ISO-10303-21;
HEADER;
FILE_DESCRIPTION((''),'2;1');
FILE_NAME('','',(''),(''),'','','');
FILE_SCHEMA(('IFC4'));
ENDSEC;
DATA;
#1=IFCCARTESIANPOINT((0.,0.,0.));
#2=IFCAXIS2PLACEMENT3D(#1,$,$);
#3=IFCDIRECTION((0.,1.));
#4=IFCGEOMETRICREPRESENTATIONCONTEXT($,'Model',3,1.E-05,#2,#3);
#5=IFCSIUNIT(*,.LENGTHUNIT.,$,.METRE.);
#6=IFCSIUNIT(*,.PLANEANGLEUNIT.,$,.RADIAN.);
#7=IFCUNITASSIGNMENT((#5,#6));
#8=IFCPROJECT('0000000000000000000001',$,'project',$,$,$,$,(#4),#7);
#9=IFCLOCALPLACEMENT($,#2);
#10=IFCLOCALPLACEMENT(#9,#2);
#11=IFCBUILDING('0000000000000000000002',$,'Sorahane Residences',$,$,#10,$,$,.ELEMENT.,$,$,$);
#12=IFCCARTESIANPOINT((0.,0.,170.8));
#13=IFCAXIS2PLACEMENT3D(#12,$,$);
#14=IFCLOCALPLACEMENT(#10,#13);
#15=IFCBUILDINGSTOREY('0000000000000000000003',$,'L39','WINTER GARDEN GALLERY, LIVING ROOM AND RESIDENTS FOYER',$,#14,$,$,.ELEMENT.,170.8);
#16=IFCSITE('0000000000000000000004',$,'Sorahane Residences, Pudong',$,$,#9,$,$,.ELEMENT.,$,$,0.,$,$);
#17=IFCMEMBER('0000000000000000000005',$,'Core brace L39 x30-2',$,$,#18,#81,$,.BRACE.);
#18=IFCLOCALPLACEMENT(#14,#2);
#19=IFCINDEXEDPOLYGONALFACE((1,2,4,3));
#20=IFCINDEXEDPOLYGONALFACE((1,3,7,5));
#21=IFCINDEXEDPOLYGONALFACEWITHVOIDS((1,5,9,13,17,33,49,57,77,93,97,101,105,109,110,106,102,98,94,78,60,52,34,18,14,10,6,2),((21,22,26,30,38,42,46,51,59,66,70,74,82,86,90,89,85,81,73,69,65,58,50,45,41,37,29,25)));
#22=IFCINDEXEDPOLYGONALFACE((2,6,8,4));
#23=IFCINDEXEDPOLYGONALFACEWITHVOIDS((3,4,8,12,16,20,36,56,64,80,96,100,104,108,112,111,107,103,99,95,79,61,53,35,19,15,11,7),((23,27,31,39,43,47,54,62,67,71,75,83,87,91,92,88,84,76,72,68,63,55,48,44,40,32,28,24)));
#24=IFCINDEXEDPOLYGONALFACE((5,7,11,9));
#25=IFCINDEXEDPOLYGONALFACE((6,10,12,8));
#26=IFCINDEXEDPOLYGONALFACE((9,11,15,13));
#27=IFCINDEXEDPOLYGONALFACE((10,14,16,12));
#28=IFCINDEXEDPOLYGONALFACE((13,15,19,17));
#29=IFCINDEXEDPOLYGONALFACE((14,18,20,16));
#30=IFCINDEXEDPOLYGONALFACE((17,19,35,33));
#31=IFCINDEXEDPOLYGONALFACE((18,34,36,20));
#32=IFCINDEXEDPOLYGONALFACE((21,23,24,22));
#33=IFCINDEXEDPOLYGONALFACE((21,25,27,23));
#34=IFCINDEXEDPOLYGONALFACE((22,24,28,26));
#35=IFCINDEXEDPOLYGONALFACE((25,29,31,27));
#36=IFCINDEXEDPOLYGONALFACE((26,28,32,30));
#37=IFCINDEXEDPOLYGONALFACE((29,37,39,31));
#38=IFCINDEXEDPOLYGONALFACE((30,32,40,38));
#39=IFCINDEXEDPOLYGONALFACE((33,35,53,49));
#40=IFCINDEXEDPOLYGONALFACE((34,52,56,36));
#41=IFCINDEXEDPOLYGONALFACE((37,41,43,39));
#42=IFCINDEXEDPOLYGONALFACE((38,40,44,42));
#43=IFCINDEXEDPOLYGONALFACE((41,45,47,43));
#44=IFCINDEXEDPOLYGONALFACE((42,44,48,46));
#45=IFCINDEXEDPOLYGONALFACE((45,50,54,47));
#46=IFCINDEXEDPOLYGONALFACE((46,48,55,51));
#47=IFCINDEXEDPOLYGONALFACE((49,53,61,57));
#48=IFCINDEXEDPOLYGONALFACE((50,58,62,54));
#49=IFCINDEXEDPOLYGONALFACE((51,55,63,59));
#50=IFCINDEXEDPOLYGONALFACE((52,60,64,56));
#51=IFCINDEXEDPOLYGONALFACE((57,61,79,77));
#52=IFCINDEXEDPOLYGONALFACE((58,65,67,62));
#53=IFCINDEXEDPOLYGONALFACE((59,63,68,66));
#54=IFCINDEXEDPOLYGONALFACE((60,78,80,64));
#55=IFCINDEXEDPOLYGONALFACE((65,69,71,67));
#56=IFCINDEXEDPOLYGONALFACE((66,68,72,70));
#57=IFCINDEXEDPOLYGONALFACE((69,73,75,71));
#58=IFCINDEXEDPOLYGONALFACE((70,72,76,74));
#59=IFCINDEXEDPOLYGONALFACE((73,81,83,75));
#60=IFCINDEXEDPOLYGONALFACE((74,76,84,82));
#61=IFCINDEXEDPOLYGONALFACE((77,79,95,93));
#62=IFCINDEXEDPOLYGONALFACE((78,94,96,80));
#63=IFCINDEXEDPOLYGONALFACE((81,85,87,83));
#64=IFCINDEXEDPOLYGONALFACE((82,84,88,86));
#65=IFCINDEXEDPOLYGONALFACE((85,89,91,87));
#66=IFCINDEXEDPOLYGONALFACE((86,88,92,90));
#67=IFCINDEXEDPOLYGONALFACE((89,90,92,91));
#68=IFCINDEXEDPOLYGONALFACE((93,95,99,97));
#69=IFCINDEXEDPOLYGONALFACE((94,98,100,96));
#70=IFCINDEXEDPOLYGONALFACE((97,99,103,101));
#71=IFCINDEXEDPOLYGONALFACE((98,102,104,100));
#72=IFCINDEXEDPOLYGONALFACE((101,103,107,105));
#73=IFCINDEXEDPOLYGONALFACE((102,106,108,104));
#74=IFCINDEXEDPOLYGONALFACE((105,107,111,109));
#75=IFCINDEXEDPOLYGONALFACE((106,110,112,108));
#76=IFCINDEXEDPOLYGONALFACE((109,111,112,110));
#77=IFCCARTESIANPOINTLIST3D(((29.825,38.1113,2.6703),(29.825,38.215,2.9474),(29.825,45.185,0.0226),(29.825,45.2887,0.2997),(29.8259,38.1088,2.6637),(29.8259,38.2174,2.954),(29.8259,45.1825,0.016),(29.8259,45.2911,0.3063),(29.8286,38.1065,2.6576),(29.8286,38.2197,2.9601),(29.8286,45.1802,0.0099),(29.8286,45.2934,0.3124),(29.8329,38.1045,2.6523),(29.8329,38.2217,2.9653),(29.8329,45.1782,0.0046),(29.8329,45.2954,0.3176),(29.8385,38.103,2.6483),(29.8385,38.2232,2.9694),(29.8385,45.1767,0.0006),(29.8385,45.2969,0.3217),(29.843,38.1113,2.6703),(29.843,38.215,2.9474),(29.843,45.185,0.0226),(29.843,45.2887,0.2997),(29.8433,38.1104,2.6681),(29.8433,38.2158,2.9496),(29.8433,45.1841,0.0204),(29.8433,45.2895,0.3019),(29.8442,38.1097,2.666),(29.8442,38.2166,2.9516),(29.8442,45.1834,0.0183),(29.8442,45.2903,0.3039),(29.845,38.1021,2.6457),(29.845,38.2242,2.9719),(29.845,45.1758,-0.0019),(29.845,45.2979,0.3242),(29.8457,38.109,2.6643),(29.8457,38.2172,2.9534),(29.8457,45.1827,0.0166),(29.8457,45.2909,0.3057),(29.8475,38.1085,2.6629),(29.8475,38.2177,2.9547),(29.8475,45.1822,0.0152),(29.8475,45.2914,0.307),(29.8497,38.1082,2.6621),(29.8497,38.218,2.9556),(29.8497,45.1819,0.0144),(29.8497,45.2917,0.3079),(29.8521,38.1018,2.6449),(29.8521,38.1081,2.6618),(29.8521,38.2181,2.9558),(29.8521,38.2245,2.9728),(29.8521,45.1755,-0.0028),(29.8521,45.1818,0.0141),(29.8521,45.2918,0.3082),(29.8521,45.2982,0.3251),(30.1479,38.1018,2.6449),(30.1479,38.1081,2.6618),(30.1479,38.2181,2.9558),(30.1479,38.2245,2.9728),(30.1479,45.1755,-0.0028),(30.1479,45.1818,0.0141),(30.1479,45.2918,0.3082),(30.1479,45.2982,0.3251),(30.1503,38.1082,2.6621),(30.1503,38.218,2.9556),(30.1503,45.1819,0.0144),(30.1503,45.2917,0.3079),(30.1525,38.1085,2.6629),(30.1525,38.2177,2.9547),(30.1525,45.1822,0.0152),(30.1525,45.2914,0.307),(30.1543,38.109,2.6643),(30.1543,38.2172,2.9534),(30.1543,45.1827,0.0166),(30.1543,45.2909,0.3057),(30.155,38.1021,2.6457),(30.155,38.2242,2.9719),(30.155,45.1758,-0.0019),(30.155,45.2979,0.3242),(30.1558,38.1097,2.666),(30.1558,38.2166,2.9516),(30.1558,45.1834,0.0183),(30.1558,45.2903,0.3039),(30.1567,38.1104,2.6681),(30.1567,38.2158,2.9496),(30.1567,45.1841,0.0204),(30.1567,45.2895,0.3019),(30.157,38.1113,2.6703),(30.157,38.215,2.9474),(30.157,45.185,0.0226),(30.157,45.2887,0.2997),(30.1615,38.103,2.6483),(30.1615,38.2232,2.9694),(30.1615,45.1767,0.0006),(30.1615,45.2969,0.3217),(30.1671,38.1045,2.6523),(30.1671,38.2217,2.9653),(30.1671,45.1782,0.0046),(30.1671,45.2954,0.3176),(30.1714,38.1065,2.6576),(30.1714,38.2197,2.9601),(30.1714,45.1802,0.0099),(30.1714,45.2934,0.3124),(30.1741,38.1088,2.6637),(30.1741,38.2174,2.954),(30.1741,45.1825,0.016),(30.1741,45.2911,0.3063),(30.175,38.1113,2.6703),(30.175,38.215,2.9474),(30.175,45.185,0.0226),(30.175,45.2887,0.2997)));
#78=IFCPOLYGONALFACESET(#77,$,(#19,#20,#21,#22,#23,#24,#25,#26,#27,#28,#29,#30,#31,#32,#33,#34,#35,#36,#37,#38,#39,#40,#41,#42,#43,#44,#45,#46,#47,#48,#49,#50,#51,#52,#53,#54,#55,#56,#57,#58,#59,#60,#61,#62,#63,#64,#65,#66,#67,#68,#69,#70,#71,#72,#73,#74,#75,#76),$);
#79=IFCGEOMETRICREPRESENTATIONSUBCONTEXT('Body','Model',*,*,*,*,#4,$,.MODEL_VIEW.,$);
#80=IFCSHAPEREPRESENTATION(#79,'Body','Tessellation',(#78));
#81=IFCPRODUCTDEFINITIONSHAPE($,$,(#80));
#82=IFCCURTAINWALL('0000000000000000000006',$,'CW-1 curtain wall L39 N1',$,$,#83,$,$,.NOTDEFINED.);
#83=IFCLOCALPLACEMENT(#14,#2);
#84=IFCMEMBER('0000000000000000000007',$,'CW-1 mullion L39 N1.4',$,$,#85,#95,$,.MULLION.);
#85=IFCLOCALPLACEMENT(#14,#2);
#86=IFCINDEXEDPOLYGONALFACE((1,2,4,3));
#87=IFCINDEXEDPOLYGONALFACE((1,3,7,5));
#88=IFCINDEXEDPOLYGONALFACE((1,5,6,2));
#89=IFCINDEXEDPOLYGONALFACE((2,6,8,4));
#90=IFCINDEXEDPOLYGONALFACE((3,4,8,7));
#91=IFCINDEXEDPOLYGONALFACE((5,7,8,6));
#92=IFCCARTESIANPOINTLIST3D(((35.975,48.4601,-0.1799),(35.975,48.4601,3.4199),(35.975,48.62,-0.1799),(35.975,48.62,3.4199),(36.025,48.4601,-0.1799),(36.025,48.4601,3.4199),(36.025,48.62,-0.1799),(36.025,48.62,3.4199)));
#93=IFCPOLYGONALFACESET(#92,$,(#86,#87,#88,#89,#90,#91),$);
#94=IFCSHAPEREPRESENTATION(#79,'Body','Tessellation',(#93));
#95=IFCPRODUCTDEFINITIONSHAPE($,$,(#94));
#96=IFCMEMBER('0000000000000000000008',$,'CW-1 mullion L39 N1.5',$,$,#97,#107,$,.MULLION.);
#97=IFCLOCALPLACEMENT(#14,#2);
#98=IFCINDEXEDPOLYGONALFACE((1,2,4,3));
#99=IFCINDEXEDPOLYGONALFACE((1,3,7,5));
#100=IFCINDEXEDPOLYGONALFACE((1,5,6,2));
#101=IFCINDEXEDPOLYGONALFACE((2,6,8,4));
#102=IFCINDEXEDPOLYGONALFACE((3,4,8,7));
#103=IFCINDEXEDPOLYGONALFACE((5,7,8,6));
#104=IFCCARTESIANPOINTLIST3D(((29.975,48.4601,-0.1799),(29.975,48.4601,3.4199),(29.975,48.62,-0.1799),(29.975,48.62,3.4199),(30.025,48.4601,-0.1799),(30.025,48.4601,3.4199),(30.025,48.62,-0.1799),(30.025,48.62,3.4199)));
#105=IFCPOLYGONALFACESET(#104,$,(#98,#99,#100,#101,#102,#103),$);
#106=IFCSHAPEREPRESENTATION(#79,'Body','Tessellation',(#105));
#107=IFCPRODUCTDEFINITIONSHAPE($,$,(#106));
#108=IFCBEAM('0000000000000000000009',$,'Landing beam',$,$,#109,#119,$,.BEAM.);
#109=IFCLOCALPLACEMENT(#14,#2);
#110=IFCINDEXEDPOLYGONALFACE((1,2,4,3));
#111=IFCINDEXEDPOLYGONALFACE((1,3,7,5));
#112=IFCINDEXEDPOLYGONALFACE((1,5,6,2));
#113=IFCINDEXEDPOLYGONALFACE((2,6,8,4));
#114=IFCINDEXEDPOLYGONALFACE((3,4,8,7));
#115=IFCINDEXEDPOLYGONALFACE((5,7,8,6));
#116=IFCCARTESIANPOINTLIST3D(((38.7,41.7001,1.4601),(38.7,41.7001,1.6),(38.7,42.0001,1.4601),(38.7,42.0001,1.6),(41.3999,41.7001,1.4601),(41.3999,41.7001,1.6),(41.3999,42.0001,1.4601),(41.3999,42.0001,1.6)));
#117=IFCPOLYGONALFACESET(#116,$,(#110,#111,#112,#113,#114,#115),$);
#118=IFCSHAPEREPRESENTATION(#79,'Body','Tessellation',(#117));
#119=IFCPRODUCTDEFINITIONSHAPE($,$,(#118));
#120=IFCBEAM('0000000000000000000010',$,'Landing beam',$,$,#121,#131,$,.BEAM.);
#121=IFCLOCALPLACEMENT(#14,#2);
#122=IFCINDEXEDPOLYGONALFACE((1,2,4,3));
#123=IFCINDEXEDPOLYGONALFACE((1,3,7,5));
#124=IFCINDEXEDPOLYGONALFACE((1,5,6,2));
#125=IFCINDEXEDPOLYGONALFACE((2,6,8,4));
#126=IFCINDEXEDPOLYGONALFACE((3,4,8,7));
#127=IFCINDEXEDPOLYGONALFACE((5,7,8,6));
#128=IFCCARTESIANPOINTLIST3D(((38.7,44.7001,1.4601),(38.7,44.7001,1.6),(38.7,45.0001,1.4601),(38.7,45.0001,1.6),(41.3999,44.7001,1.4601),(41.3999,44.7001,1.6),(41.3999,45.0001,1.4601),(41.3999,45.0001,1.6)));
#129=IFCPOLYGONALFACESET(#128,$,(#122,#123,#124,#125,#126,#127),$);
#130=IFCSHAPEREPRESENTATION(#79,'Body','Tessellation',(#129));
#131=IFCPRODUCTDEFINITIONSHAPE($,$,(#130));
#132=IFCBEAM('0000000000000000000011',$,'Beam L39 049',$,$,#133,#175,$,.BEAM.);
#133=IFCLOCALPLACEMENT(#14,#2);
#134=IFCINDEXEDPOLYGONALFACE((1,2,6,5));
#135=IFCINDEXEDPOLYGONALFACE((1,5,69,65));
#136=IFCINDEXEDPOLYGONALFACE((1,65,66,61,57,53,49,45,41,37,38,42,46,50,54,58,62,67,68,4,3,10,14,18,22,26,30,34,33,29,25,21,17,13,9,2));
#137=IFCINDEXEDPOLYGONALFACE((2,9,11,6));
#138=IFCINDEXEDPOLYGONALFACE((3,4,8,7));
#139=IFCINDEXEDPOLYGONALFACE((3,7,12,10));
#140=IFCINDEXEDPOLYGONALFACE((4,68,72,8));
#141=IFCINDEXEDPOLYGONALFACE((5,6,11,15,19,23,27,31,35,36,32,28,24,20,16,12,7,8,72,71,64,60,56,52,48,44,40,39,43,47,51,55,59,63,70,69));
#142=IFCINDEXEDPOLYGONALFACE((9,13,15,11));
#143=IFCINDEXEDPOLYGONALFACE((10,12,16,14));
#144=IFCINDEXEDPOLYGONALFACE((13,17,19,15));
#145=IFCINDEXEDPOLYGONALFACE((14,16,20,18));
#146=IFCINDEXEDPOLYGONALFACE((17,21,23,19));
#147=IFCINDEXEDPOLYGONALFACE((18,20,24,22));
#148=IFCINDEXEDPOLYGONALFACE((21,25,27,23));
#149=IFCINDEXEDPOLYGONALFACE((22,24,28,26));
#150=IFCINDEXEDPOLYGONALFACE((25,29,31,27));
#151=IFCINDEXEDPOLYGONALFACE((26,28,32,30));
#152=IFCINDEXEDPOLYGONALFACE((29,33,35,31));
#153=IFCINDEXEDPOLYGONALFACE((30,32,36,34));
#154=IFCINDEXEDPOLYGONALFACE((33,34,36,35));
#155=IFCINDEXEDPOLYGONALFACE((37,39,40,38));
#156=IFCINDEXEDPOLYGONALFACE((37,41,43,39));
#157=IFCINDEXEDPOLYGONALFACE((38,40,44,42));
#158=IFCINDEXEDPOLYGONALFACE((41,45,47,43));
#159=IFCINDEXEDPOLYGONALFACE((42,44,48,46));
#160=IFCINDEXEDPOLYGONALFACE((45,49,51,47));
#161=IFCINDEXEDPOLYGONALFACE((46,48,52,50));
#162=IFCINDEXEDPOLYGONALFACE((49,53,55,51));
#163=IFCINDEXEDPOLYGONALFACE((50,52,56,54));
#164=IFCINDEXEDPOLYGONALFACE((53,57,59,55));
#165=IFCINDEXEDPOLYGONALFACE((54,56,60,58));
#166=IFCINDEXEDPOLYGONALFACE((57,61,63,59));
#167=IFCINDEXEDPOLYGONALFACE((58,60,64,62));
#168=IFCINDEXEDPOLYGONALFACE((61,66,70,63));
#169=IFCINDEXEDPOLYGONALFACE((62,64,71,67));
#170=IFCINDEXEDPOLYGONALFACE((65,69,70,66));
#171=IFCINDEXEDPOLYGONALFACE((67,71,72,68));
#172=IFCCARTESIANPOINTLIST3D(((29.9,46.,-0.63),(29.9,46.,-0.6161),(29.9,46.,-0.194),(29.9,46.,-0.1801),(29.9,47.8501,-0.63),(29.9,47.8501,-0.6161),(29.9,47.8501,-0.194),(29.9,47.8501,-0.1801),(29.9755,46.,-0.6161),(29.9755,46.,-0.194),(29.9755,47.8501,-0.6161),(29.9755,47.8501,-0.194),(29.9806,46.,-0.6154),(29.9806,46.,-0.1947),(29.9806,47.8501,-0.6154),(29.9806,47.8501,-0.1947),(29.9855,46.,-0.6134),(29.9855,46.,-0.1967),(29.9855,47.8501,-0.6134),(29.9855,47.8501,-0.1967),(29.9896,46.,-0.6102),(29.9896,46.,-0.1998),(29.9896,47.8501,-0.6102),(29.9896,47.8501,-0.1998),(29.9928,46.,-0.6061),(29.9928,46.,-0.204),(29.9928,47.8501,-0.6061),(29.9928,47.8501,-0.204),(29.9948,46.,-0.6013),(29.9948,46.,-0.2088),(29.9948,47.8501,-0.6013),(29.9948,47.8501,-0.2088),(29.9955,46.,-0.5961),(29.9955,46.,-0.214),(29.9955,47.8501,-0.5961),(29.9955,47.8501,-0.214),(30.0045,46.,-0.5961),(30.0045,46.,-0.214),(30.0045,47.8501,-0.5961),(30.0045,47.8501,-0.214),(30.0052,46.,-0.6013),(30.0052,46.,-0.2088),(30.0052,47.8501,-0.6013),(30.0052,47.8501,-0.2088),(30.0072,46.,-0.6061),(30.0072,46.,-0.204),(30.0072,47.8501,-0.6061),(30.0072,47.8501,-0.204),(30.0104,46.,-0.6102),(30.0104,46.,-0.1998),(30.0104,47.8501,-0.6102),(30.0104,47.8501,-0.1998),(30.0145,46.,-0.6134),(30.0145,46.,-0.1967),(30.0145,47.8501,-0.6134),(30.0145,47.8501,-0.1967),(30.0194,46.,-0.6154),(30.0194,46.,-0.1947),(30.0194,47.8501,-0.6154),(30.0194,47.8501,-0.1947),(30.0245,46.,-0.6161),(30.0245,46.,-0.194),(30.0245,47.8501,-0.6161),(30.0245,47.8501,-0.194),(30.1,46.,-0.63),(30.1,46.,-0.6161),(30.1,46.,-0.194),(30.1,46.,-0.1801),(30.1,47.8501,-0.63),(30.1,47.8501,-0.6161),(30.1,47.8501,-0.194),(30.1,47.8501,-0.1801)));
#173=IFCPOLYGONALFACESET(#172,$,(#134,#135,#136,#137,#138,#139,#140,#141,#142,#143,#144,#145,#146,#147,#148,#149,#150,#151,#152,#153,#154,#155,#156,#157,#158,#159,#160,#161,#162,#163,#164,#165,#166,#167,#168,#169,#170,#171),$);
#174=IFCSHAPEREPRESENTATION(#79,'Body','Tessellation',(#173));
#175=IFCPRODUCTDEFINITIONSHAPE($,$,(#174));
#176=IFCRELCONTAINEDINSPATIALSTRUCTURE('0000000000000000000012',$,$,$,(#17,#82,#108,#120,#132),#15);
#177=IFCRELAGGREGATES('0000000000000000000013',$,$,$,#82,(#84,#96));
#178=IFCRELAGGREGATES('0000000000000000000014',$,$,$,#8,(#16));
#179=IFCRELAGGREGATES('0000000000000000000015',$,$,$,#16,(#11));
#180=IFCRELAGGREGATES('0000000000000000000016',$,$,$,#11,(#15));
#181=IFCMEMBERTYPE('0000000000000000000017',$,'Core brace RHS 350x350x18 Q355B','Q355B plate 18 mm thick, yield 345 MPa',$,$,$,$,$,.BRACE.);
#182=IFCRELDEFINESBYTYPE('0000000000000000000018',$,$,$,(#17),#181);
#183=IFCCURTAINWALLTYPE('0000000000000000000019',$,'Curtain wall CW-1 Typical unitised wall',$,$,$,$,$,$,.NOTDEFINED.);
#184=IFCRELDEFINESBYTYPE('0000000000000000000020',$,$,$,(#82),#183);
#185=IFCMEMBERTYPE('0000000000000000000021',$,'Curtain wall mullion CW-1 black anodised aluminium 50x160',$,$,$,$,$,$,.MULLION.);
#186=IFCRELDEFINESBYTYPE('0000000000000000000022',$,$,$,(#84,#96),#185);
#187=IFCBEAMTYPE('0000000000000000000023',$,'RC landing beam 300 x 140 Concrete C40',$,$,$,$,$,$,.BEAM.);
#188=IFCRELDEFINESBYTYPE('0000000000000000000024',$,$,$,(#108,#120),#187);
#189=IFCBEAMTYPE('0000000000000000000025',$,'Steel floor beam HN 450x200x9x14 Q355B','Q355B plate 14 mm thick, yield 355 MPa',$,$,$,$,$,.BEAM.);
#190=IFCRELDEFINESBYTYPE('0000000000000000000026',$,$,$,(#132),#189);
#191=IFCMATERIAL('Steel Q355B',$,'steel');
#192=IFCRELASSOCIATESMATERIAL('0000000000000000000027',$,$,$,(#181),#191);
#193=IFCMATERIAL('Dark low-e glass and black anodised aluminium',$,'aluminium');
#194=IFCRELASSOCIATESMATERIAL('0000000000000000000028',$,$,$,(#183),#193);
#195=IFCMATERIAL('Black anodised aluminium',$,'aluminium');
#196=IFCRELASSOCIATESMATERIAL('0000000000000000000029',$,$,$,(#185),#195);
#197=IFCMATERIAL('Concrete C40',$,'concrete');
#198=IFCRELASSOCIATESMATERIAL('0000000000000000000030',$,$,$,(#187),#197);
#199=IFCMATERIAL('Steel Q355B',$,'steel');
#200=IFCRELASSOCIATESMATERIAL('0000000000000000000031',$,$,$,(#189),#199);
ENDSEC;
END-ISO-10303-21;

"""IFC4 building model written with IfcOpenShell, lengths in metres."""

from ifc_helpers import new_model, si_unit, direction, frame, origin, origin_2d, place, context, subcontext, project, spatial, rectangle, hollow_rectangle, i_section, extrude, material, material_profile, profile_set, type_object, element, aggregate, save


model = new_model("IFC4")

# Units and contexts
model_context = context("Model", 3, precision=1e-05, world=origin(), true_north=direction((0.0, 1.0)))
body_context = subcontext(model_context, "Body", "Model", "MODEL_VIEW")
ifc_project = project(units=[si_unit("LENGTHUNIT", "METRE"), si_unit("PLANEANGLEUNIT", "RADIAN")], contexts=[model_context])

# Site, building, storey
site_placement = place(None, origin())
site = spatial("IfcSite", under=ifc_project, at=site_placement, Name="Sorahane Residences, Pudong", CompositionType="ELEMENT", RefElevation=0.0)
building_placement = place(site_placement, origin())
building = spatial("IfcBuilding", under=site, at=building_placement, Name="Sorahane Residences", CompositionType="ELEMENT")
storey_placement = place(building_placement, frame((0.0, 0.0, 170.8)))
storey = spatial("IfcBuildingStorey", under=building, at=storey_placement, Name="L39", Description="WINTER GARDEN GALLERY, LIVING ROOM AND RESIDENTS FOYER", CompositionType="ELEMENT", Elevation=170.8)

# Member
ifc_material_1 = material(Name="Steel Q355B", Category="steel")
ifc_material_profile_1 = material_profile(ifc_material_1, hollow_rectangle(XDim=0.3501, YDim=0.3501, WallThickness=0.0181, InnerFilletRadius=0.009, OuterFilletRadius=0.0271, at=origin_2d()), Name="RHS 350x350x18")
ifc_profile_set_1 = profile_set([ifc_material_profile_1], Name="Steel Q355B")
member_type_1 = type_object("IfcMemberType", Name="Core brace RHS 350x350x18 Q355B", Description="Q355B plate 18 mm thick, yield 345 MPa", PredefinedType="BRACE", material=ifc_profile_set_1)
member_1_placement = place(storey_placement, frame((30.0, 45.2368, 0.1611), z_axis=(0.0, -0.936544, 0.35055), x_axis=(1.0, 0.0, 0.0)))
element("IfcMember", 1, at=member_1_placement, inside=storey, type_object=member_type_1, Name="Core brace L39 x30-2", PredefinedType="BRACE", context=body_context, shape_type="SweptSolid", body=[
    extrude(hollow_rectangle(XDim=0.3501, YDim=0.3501, WallThickness=0.0181, InnerFilletRadius=0.009, OuterFilletRadius=0.0271, at=origin_2d()), origin(), (0.0, 0.0, 1.0), 7.553),
])

# Curtain wall, members
ifc_material_2 = material(Name="Dark low-e glass and black anodised aluminium", Category="aluminium")
curtain_wall_type = type_object("IfcCurtainWallType", Name="Curtain wall CW-1 Typical unitised wall", PredefinedType="NOTDEFINED", material=ifc_material_2)
curtain_wall_placement = place(storey_placement, origin())
curtain_wall = element("IfcCurtainWall", 2, at=curtain_wall_placement, inside=storey, type_object=curtain_wall_type, Name="CW-1 curtain wall L39 N1", PredefinedType="NOTDEFINED")
ifc_material_3 = material(Name="Black anodised aluminium", Category="aluminium")
ifc_material_profile_2 = material_profile(ifc_material_3, rectangle(XDim=0.1599, YDim=0.05, at=origin_2d()), Name="Curtain wall mullion CW-1 black anodised aluminium 50x160")
ifc_profile_set_2 = profile_set([ifc_material_profile_2], Name="Black anodised aluminium")
member_type_2 = type_object("IfcMemberType", Name="Curtain wall mullion CW-1 black anodised aluminium 50x160", PredefinedType="MULLION", material=ifc_profile_set_2)
member_2_placement = place(storey_placement, frame((36.0, 48.54, -0.1799), z_axis=(0.0, 0.0, 1.0), x_axis=(0.0, 1.0, 0.0)))
member_2 = element("IfcMember", 3, at=member_2_placement, type_object=member_type_2, Name="CW-1 mullion L39 N1.4", PredefinedType="MULLION", context=body_context, shape_type="SweptSolid", body=[
    extrude(rectangle(XDim=0.1599, YDim=0.05, at=origin_2d()), origin(), (0.0, 0.0, 1.0), 3.5999),
])
member_3_placement = place(storey_placement, frame((30.0, 48.54, -0.1799), z_axis=(0.0, 0.0, 1.0), x_axis=(0.0, 1.0, 0.0)))
member_3 = element("IfcMember", 4, at=member_3_placement, type_object=member_type_2, Name="CW-1 mullion L39 N1.5", PredefinedType="MULLION", context=body_context, shape_type="SweptSolid", body=[
    extrude(rectangle(XDim=0.1599, YDim=0.05, at=origin_2d()), origin(), (0.0, 0.0, 1.0), 3.5999),
])

# Beams
ifc_material_4 = material(Name="Concrete C40", Category="concrete")
ifc_material_profile_3 = material_profile(ifc_material_4, rectangle(XDim=0.3, YDim=0.1399, at=origin_2d()), Name="300x140")
ifc_profile_set_3 = profile_set([ifc_material_profile_3], Name="Concrete C40")
beam_type_1 = type_object("IfcBeamType", Name="RC landing beam 300 x 140 Concrete C40", PredefinedType="BEAM", material=ifc_profile_set_3)
for number, where, z_axis, x_axis, name in (
    (5, (38.7, 41.8501, 1.53), (1.0, 0.0, 0.0), (0.0, 1.0, 0.0), "Landing beam"),
    (6, (38.7, 44.8501, 1.53), (1.0, 0.0, 0.0), (0.0, 1.0, 0.0), "Landing beam"),
):
    element("IfcBeam", number, at=place(storey_placement, frame(where, z_axis=z_axis, x_axis=x_axis)), inside=storey, type_object=beam_type_1, Name=name, PredefinedType="BEAM", context=body_context, shape_type="SweptSolid", body=[
        extrude(rectangle(XDim=0.3, YDim=0.1399, at=origin_2d()), origin(), (0.0, 0.0, 1.0), 2.7),
    ])
ifc_material_5 = material(Name="Steel Q355B", Category="steel")
ifc_material_profile_4 = material_profile(ifc_material_5, i_section(OverallWidth=0.2, OverallDepth=0.45, WebThickness=0.009, FlangeThickness=0.0139, FilletRadius=0.02, at=origin_2d()), Name="HN 450x200x9x14")
ifc_profile_set_4 = profile_set([ifc_material_profile_4], Name="Steel Q355B")
beam_type_2 = type_object("IfcBeamType", Name="Steel floor beam HN 450x200x9x14 Q355B", Description="Q355B plate 14 mm thick, yield 355 MPa", PredefinedType="BEAM", material=ifc_profile_set_4)
beam_1_placement = place(storey_placement, frame((30.0, 46.0, -0.405), z_axis=(0.0, 1.0, 0.0), x_axis=(-1.0, 0.0, 0.0)))
element("IfcBeam", 7, at=beam_1_placement, inside=storey, type_object=beam_type_2, Name="Beam L39 049", PredefinedType="BEAM", context=body_context, shape_type="SweptSolid", body=[
    extrude(i_section(OverallWidth=0.2, OverallDepth=0.45, WebThickness=0.009, FlangeThickness=0.0139, FilletRadius=0.02, at=origin_2d()), origin(), (0.0, 0.0, 1.0), 1.8501),
])

aggregate(curtain_wall, [member_2, member_3])

save(model, "model.ifc")
